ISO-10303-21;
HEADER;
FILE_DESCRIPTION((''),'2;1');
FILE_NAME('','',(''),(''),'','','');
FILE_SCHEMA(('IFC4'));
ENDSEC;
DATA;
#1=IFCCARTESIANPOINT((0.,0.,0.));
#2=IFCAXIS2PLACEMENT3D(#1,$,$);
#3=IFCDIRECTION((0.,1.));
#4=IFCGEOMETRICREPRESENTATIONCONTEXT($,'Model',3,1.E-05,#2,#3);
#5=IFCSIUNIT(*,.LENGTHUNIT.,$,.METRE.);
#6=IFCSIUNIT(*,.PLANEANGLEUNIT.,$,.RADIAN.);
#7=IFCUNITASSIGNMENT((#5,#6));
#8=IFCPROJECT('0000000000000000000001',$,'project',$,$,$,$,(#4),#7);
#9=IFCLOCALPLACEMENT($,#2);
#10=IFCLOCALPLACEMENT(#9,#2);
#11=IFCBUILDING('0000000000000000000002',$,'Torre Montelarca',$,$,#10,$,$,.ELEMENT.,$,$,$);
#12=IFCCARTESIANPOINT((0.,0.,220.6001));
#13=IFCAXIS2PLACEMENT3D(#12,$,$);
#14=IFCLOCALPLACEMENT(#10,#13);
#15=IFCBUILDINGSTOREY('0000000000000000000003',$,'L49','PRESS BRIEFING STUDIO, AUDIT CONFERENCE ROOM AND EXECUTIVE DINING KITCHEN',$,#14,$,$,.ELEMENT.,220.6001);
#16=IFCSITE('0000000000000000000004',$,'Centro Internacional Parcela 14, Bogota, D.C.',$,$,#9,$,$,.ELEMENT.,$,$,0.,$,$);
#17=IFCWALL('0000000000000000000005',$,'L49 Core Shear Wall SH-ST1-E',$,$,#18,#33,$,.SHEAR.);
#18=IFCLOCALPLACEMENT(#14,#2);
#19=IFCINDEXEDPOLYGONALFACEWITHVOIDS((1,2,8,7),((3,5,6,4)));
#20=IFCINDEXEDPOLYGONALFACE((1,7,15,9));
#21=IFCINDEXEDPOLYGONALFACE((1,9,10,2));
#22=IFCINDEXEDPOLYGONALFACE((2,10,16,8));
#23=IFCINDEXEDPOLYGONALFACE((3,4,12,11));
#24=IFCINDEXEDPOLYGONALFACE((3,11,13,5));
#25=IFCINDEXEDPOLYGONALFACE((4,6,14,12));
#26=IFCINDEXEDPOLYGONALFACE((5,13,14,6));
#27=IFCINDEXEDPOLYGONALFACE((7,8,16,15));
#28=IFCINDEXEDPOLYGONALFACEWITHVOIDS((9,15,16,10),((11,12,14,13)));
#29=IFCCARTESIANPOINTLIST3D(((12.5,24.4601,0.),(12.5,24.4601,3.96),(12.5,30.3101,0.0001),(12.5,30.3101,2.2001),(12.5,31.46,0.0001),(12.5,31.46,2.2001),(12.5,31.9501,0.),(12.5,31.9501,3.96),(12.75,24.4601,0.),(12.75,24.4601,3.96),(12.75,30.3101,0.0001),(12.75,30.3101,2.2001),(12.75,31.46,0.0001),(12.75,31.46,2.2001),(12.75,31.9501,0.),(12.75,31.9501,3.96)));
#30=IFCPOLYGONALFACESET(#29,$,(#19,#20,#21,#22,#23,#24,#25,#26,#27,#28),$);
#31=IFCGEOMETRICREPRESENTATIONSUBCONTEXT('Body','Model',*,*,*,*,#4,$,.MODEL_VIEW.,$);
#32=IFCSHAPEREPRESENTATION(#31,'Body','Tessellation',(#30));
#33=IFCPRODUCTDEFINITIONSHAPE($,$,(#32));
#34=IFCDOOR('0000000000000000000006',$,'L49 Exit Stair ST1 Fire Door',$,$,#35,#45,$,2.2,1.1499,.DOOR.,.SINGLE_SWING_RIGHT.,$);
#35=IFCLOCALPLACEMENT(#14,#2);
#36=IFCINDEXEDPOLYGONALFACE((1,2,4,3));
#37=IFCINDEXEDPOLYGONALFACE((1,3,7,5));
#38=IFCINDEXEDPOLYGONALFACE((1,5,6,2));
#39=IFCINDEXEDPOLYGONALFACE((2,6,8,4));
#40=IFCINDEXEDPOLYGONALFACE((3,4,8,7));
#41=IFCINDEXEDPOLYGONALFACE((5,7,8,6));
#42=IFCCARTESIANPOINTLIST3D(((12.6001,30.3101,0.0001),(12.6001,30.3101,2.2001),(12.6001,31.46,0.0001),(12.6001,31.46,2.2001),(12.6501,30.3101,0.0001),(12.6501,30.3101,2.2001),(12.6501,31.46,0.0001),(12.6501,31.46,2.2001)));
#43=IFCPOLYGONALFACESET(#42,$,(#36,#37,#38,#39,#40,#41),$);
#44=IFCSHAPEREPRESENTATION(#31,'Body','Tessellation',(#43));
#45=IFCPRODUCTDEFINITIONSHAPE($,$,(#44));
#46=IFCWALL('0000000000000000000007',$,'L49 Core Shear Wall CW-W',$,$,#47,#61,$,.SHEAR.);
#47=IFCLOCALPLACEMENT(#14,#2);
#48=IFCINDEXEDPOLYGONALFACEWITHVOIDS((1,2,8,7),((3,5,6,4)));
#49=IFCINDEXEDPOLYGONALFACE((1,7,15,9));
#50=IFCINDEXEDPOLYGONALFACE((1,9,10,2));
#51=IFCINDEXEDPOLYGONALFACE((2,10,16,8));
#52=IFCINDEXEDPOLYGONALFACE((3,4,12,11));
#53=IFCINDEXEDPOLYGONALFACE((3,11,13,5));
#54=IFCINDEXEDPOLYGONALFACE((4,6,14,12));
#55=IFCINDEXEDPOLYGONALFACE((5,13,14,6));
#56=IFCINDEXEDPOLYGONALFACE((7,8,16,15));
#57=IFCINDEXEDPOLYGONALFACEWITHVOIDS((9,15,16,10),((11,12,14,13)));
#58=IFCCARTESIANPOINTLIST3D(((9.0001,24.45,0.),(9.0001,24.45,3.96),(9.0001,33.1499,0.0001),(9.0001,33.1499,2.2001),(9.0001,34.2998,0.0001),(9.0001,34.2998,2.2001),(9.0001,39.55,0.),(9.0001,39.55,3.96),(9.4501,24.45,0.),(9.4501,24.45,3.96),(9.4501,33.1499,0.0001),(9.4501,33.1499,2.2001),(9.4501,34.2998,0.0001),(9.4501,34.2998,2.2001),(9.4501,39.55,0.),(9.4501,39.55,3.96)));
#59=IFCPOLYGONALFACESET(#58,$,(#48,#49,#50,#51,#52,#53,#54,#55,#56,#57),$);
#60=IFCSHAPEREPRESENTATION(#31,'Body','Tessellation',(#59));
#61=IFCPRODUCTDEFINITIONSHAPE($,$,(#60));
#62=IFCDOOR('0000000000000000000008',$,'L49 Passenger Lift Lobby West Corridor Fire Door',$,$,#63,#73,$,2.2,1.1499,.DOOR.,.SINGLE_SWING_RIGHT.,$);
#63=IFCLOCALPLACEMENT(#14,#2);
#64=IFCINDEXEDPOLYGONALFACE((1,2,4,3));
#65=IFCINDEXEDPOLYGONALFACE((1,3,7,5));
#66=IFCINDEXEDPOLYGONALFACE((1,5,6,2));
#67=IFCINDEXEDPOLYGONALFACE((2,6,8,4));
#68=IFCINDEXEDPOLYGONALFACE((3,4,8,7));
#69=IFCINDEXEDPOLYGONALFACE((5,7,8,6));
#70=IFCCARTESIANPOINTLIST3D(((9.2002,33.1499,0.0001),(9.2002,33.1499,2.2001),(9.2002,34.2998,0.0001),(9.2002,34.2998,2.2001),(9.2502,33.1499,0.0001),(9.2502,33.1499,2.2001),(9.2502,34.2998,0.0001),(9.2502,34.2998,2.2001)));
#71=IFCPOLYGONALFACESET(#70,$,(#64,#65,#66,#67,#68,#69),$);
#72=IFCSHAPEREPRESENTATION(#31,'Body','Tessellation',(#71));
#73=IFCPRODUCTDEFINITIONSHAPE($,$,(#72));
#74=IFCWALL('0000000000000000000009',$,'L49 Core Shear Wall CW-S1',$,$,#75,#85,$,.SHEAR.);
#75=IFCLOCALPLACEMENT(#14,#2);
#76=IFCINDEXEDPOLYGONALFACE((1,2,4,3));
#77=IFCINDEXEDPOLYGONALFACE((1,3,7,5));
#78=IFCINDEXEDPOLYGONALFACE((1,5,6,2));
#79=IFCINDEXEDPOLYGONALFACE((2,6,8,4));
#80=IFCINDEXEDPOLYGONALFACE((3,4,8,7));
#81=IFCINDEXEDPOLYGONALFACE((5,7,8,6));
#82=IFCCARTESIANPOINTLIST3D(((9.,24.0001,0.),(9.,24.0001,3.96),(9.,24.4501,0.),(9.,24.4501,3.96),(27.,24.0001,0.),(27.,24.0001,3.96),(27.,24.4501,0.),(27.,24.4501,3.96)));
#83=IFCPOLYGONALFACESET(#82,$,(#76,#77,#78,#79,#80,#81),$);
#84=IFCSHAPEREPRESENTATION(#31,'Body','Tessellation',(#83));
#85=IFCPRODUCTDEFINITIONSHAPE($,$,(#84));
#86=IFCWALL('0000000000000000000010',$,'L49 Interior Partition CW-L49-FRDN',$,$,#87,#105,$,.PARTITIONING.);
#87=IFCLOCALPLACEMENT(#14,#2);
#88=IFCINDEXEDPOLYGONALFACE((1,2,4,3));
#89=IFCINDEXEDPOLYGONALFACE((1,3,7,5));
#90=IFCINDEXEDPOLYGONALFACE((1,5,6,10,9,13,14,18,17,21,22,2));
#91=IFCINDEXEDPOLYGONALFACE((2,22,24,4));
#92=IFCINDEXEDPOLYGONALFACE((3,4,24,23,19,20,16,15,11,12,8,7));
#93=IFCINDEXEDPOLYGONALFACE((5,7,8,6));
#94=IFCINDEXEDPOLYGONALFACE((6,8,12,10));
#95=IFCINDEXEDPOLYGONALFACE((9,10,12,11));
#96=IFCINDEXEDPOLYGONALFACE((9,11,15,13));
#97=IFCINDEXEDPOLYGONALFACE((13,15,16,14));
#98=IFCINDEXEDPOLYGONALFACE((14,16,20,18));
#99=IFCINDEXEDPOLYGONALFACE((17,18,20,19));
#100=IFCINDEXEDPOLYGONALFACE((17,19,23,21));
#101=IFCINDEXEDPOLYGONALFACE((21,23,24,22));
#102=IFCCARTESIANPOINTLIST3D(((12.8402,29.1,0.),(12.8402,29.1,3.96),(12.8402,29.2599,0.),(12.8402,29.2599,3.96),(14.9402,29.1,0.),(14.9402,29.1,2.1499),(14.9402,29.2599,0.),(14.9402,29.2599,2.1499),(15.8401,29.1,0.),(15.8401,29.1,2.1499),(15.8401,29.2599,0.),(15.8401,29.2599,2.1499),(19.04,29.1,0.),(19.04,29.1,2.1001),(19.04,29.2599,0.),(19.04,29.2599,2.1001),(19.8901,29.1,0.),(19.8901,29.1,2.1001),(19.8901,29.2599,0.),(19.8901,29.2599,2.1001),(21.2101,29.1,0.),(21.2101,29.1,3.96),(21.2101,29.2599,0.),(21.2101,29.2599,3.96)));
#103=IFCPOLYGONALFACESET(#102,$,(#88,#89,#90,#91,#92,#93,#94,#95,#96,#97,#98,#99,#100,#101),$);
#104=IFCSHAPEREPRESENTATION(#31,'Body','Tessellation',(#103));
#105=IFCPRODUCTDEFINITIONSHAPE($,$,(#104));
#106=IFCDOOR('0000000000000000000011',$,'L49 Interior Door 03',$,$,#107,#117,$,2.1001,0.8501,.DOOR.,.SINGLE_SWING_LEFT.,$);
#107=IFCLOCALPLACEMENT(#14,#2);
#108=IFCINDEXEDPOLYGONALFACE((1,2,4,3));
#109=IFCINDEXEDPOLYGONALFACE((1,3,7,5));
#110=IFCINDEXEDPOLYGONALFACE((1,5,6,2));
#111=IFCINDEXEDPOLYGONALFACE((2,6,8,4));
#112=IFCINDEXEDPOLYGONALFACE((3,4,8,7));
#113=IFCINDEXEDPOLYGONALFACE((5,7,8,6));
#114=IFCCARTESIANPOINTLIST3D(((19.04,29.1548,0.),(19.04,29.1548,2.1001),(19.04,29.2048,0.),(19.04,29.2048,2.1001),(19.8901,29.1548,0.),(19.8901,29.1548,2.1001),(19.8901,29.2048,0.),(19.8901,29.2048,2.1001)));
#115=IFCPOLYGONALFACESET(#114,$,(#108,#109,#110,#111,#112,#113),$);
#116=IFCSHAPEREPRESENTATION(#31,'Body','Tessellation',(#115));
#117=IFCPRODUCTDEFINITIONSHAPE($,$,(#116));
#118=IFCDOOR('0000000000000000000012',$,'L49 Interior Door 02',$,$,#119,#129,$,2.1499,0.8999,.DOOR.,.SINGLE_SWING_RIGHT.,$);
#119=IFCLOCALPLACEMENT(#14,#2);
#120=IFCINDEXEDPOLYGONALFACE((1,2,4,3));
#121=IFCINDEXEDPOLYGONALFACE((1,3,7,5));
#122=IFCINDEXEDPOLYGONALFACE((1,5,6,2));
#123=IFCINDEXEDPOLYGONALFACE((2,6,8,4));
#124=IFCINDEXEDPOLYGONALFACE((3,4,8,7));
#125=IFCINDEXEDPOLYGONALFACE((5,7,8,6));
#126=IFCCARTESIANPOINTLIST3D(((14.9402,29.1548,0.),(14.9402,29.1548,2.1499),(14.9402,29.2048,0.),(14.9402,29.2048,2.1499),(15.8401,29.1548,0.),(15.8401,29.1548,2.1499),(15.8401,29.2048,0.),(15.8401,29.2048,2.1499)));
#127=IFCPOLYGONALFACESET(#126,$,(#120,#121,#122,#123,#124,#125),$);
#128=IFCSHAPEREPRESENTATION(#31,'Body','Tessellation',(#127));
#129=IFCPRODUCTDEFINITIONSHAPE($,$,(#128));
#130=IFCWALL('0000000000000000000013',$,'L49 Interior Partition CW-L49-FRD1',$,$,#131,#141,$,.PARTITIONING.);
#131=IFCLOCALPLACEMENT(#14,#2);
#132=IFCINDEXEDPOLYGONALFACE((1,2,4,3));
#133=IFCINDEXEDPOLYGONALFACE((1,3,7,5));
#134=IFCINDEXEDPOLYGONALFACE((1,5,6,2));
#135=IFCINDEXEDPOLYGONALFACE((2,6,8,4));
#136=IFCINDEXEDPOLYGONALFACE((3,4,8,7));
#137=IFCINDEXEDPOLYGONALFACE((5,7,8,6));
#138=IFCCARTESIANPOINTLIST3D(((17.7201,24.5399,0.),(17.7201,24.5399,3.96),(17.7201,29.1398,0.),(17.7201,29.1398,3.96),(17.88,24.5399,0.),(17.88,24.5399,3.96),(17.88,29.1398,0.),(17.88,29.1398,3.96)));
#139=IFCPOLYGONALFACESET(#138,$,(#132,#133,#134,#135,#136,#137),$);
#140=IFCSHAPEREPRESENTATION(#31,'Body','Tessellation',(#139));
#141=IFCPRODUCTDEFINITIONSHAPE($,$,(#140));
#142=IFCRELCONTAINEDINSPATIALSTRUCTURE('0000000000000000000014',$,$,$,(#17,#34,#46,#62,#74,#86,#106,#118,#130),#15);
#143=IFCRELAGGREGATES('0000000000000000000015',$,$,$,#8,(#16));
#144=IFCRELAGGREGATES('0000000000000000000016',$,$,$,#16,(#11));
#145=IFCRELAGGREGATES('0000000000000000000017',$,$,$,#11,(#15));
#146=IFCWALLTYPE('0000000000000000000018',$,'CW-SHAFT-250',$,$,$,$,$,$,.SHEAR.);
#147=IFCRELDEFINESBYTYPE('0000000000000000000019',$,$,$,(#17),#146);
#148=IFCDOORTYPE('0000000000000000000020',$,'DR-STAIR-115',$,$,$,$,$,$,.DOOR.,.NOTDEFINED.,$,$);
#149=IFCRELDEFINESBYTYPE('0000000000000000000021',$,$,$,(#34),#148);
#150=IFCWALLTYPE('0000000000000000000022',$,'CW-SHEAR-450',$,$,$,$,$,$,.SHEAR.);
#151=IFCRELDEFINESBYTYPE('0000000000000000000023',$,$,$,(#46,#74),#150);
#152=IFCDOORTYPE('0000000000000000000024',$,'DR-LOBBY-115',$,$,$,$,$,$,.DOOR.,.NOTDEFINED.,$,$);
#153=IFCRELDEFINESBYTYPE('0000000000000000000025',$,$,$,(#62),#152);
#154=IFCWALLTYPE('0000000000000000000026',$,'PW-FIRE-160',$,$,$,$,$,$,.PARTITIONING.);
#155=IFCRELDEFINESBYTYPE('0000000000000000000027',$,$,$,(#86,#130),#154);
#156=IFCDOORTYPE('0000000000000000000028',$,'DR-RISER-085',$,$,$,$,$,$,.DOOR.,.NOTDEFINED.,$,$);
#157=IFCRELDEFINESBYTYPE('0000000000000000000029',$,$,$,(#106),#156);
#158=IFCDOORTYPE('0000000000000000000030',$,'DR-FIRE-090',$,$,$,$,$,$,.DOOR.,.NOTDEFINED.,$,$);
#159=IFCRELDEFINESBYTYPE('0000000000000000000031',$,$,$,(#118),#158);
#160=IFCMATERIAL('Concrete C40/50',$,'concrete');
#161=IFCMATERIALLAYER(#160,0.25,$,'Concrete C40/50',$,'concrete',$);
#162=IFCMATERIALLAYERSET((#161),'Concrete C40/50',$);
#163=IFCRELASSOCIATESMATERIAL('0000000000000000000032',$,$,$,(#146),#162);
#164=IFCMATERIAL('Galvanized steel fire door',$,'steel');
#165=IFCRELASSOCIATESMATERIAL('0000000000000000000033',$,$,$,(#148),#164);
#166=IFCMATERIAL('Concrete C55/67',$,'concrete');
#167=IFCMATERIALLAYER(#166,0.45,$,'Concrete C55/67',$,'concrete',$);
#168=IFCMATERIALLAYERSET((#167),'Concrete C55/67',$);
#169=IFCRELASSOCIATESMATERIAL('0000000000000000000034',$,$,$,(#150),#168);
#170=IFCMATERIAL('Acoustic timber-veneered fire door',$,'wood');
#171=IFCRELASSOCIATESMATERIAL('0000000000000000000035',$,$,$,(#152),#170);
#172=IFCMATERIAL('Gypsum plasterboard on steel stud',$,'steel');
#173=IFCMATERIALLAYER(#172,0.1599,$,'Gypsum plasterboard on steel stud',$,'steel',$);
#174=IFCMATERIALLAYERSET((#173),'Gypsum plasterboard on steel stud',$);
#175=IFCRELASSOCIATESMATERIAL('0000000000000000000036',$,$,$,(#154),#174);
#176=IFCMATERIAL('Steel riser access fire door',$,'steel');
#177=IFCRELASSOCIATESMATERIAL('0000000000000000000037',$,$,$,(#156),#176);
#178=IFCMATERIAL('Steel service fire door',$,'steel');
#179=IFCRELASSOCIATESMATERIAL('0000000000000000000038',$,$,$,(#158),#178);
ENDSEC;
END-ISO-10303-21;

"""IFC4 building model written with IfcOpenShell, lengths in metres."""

from ifc_helpers import new_model, si_unit, direction, frame, frame_2d, origin, place, context, subcontext, project, spatial, rectangle, extrude, source, transform, mapped, material, layer, layer_set, type_object, element, fill, save


model = new_model("IFC4")

# Units and contexts
model_context = context("Model", 3, precision=1e-05, world=origin(), true_north=direction((0.0, 1.0)))
body_context = subcontext(model_context, "Body", "Model", "MODEL_VIEW")
ifc_project = project(units=[si_unit("LENGTHUNIT", "METRE"), si_unit("PLANEANGLEUNIT", "RADIAN")], contexts=[model_context])

# Site, building, storey
site_placement = place(None, origin())
site = spatial("IfcSite", under=ifc_project, at=site_placement, Name="Centro Internacional Parcela 14, Bogota, D.C.", CompositionType="ELEMENT", RefElevation=0.0)
building_placement = place(site_placement, origin())
building = spatial("IfcBuilding", under=site, at=building_placement, Name="Torre Montelarca", CompositionType="ELEMENT")
storey_placement = place(building_placement, frame((0.0, 0.0, 220.6001)))
storey = spatial("IfcBuildingStorey", under=building, at=storey_placement, Name="L49", Description="PRESS BRIEFING STUDIO, AUDIT CONFERENCE ROOM AND EXECUTIVE DINING KITCHEN", CompositionType="ELEMENT", Elevation=220.6001)

# Shared definitions
ifc_material_1 = material(Name="Concrete C55/67", Category="concrete")

# Walls, openings, doors
ifc_material_2 = material(Name="Concrete C40/50", Category="concrete")
ifc_layer_1 = layer(ifc_material_2, 0.25, Name="Concrete C40/50", Category="concrete")
ifc_layer_set_1 = layer_set([ifc_layer_1], Name="Concrete C40/50")
wall_type_1 = type_object("IfcWallType", Name="CW-SHAFT-250", PredefinedType="SHEAR", material=ifc_layer_set_1)
wall_1_placement = place(storey_placement, frame((12.625, 24.46, 0.0), z_axis=(0.0, 0.0, 1.0), x_axis=(0.0, 1.0, 0.0)))
wall_1 = element("IfcWall", 1, at=wall_1_placement, inside=storey, type_object=wall_type_1, Name="L49 Core Shear Wall SH-ST1-E", PredefinedType="SHEAR", context=body_context, shape_type="SweptSolid", body=[
    extrude(rectangle(XDim=7.49, YDim=0.25, at=frame_2d((3.7451, 0.0))), origin(), (0.0, 0.0, 1.0), 3.96),
])
opening_1_placement = place(wall_1_placement, frame((5.8501, 0.0, 0.0)))
opening_1 = element("IfcOpeningElement", 2, at=opening_1_placement, cuts=wall_1, PredefinedType="OPENING", context=body_context, shape_type="SweptSolid", body=[
    extrude(rectangle(XDim=1.1499, YDim=2.2, at=frame_2d((0.575, 1.1001))), frame((0.0, 0.135, 0.0), z_axis=(0.0, -1.0, 0.0), x_axis=(1.0, 0.0, 0.0)), (0.0, 0.0, 1.0), 0.27),
])
ifc_material_3 = material(Name="Galvanized steel fire door", Category="steel")
door_type_1 = type_object("IfcDoorType", Name="DR-STAIR-115", OperationType="NOTDEFINED", PredefinedType="DOOR", material=ifc_material_3)
shared_shape_1 = source(origin(), body_context, "Body", "SweptSolid", [
    extrude(rectangle(XDim=1.1499, YDim=2.2, at=frame_2d((0.575, 1.1001))), frame((0.0, 0.0249, 0.0), z_axis=(0.0, -1.0, 0.0), x_axis=(1.0, 0.0, 0.0)), (0.0, 0.0, 1.0), 0.05),
])
door_1_placement = place(opening_1_placement, origin())
door_1 = element("IfcDoor", 3, at=door_1_placement, inside=storey, type_object=door_type_1, Name="L49 Exit Stair ST1 Fire Door", OperationType="SINGLE_SWING_RIGHT", OverallHeight=2.2, OverallWidth=1.1499, PredefinedType="DOOR", context=body_context, shape_type="MappedRepresentation", body=[
    mapped(shared_shape_1, transform((0.0, 0.0, 0.0), scale=1.0)),
])
fill(opening_1, door_1)
ifc_layer_2 = layer(ifc_material_1, 0.45, Name="Concrete C55/67", Category="concrete")
ifc_layer_set_2 = layer_set([ifc_layer_2], Name="Concrete C55/67")
wall_type_2 = type_object("IfcWallType", Name="CW-SHEAR-450", PredefinedType="SHEAR", material=ifc_layer_set_2)
wall_2_placement = place(storey_placement, frame((9.2251, 24.45, 0.0), z_axis=(0.0, 0.0, 1.0), x_axis=(0.0, 1.0, 0.0)))
wall_2 = element("IfcWall", 4, at=wall_2_placement, inside=storey, type_object=wall_type_2, Name="L49 Core Shear Wall CW-W", PredefinedType="SHEAR", context=body_context, shape_type="SweptSolid", body=[
    extrude(rectangle(XDim=15.1001, YDim=0.45, at=frame_2d((7.55, 0.0))), origin(), (0.0, 0.0, 1.0), 3.96),
])
opening_2_placement = place(wall_2_placement, frame((8.7, 0.0, 0.0)))
opening_2 = element("IfcOpeningElement", 5, at=opening_2_placement, cuts=wall_2, PredefinedType="OPENING", context=body_context, shape_type="SweptSolid", body=[
    extrude(rectangle(XDim=1.1499, YDim=2.2, at=frame_2d((0.575, 1.1001))), frame((0.0, 0.2349, 0.0), z_axis=(0.0, -1.0, 0.0), x_axis=(1.0, 0.0, 0.0)), (0.0, 0.0, 1.0), 0.47),
])
ifc_material_4 = material(Name="Acoustic timber-veneered fire door", Category="wood")
door_type_2 = type_object("IfcDoorType", Name="DR-LOBBY-115", OperationType="NOTDEFINED", PredefinedType="DOOR", material=ifc_material_4)
shared_shape_2 = source(origin(), body_context, "Body", "SweptSolid", [
    extrude(rectangle(XDim=1.1499, YDim=2.2, at=frame_2d((0.575, 1.1001))), frame((0.0, 0.0249, 0.0), z_axis=(0.0, -1.0, 0.0), x_axis=(1.0, 0.0, 0.0)), (0.0, 0.0, 1.0), 0.05),
])
door_2_placement = place(opening_2_placement, origin())
door_2 = element("IfcDoor", 6, at=door_2_placement, inside=storey, type_object=door_type_2, Name="L49 Passenger Lift Lobby West Corridor Fire Door", OperationType="SINGLE_SWING_RIGHT", OverallHeight=2.2, OverallWidth=1.1499, PredefinedType="DOOR", context=body_context, shape_type="MappedRepresentation", body=[
    mapped(shared_shape_2, transform((0.0, 0.0, 0.0), scale=1.0)),
])
fill(opening_2, door_2)

# Wall
wall_3_placement = place(storey_placement, frame((9.0, 24.2251, 0.0), z_axis=(0.0, 0.0, 1.0), x_axis=(1.0, 0.0, 0.0)))
element("IfcWall", 7, at=wall_3_placement, inside=storey, type_object=wall_type_2, Name="L49 Core Shear Wall CW-S1", PredefinedType="SHEAR", context=body_context, shape_type="SweptSolid", body=[
    extrude(rectangle(XDim=18.0, YDim=0.45, at=frame_2d((9.0, 0.0))), origin(), (0.0, 0.0, 1.0), 3.96),
])

# Wall, openings, doors
ifc_material_5 = material(Name="Gypsum plasterboard on steel stud", Category="steel")
ifc_layer_3 = layer(ifc_material_5, 0.1599, Name="Gypsum plasterboard on steel stud", Category="steel")
ifc_layer_set_3 = layer_set([ifc_layer_3], Name="Gypsum plasterboard on steel stud")
wall_type_3 = type_object("IfcWallType", Name="PW-FIRE-160", PredefinedType="PARTITIONING", material=ifc_layer_set_3)
wall_4_placement = place(storey_placement, frame((12.8401, 29.1799, 0.0), z_axis=(0.0, 0.0, 1.0), x_axis=(1.0, 0.0, 0.0)))
wall_4 = element("IfcWall", 8, at=wall_4_placement, inside=storey, type_object=wall_type_3, Name="L49 Interior Partition CW-L49-FRDN", PredefinedType="PARTITIONING", context=body_context, shape_type="SweptSolid", body=[
    extrude(rectangle(XDim=8.3699, YDim=0.1599, at=frame_2d((4.1851, 0.0))), origin(), (0.0, 0.0, 1.0), 3.96),
])
opening_3_placement = place(wall_4_placement, frame((2.1001, 0.0, 0.0)))
opening_3 = element("IfcOpeningElement", 9, at=opening_3_placement, cuts=wall_4, PredefinedType="OPENING", context=body_context, shape_type="SweptSolid", body=[
    extrude(rectangle(XDim=0.8999, YDim=2.1499, at=frame_2d((0.45, 1.075))), frame((0.0, 0.0898, 0.0), z_axis=(0.0, -1.0, 0.0), x_axis=(1.0, 0.0, 0.0)), (0.0, 0.0, 1.0), 0.1799),
])
opening_4_placement = place(wall_4_placement, frame((6.2, 0.0, 0.0)))
opening_4 = element("IfcOpeningElement", 10, at=opening_4_placement, cuts=wall_4, PredefinedType="OPENING", context=body_context, shape_type="SweptSolid", body=[
    extrude(rectangle(XDim=0.8501, YDim=2.1001, at=frame_2d((0.425, 1.05))), frame((0.0, 0.0898, 0.0), z_axis=(0.0, -1.0, 0.0), x_axis=(1.0, 0.0, 0.0)), (0.0, 0.0, 1.0), 0.1799),
])
ifc_material_6 = material(Name="Steel riser access fire door", Category="steel")
door_type_3 = type_object("IfcDoorType", Name="DR-RISER-085", OperationType="NOTDEFINED", PredefinedType="DOOR", material=ifc_material_6)
shared_shape_3 = source(origin(), body_context, "Body", "SweptSolid", [
    extrude(rectangle(XDim=0.8501, YDim=2.1001, at=frame_2d((0.425, 1.05))), frame((0.0, 0.0249, 0.0), z_axis=(0.0, -1.0, 0.0), x_axis=(1.0, 0.0, 0.0)), (0.0, 0.0, 1.0), 0.05),
])
door_3_placement = place(opening_4_placement, origin())
door_3 = element("IfcDoor", 11, at=door_3_placement, inside=storey, type_object=door_type_3, Name="L49 Interior Door 03", OperationType="SINGLE_SWING_LEFT", OverallHeight=2.1001, OverallWidth=0.8501, PredefinedType="DOOR", context=body_context, shape_type="MappedRepresentation", body=[
    mapped(shared_shape_3, transform((0.0, 0.0, 0.0), scale=1.0)),
])
fill(opening_4, door_3)
ifc_material_7 = material(Name="Steel service fire door", Category="steel")
door_type_4 = type_object("IfcDoorType", Name="DR-FIRE-090", OperationType="NOTDEFINED", PredefinedType="DOOR", material=ifc_material_7)
shared_shape_4 = source(origin(), body_context, "Body", "SweptSolid", [
    extrude(rectangle(XDim=0.8999, YDim=2.1499, at=frame_2d((0.45, 1.075))), frame((0.0, 0.0249, 0.0), z_axis=(0.0, -1.0, 0.0), x_axis=(1.0, 0.0, 0.0)), (0.0, 0.0, 1.0), 0.05),
])
door_4_placement = place(opening_3_placement, origin())
door_4 = element("IfcDoor", 12, at=door_4_placement, inside=storey, type_object=door_type_4, Name="L49 Interior Door 02", OperationType="SINGLE_SWING_RIGHT", OverallHeight=2.1499, OverallWidth=0.8999, PredefinedType="DOOR", context=body_context, shape_type="MappedRepresentation", body=[
    mapped(shared_shape_4, transform((0.0, 0.0, 0.0), scale=1.0)),
])
fill(opening_3, door_4)

# Wall
wall_5_placement = place(storey_placement, frame((17.8, 24.54, 0.0), z_axis=(0.0, 0.0, 1.0), x_axis=(0.0, 1.0, 0.0)))
element("IfcWall", 13, at=wall_5_placement, inside=storey, type_object=wall_type_3, Name="L49 Interior Partition CW-L49-FRD1", PredefinedType="PARTITIONING", context=body_context, shape_type="SweptSolid", body=[
    extrude(rectangle(XDim=4.5999, YDim=0.1599, at=frame_2d((2.2998, 0.0))), origin(), (0.0, 0.0, 1.0), 3.96),
])

save(model, "model.ifc")
